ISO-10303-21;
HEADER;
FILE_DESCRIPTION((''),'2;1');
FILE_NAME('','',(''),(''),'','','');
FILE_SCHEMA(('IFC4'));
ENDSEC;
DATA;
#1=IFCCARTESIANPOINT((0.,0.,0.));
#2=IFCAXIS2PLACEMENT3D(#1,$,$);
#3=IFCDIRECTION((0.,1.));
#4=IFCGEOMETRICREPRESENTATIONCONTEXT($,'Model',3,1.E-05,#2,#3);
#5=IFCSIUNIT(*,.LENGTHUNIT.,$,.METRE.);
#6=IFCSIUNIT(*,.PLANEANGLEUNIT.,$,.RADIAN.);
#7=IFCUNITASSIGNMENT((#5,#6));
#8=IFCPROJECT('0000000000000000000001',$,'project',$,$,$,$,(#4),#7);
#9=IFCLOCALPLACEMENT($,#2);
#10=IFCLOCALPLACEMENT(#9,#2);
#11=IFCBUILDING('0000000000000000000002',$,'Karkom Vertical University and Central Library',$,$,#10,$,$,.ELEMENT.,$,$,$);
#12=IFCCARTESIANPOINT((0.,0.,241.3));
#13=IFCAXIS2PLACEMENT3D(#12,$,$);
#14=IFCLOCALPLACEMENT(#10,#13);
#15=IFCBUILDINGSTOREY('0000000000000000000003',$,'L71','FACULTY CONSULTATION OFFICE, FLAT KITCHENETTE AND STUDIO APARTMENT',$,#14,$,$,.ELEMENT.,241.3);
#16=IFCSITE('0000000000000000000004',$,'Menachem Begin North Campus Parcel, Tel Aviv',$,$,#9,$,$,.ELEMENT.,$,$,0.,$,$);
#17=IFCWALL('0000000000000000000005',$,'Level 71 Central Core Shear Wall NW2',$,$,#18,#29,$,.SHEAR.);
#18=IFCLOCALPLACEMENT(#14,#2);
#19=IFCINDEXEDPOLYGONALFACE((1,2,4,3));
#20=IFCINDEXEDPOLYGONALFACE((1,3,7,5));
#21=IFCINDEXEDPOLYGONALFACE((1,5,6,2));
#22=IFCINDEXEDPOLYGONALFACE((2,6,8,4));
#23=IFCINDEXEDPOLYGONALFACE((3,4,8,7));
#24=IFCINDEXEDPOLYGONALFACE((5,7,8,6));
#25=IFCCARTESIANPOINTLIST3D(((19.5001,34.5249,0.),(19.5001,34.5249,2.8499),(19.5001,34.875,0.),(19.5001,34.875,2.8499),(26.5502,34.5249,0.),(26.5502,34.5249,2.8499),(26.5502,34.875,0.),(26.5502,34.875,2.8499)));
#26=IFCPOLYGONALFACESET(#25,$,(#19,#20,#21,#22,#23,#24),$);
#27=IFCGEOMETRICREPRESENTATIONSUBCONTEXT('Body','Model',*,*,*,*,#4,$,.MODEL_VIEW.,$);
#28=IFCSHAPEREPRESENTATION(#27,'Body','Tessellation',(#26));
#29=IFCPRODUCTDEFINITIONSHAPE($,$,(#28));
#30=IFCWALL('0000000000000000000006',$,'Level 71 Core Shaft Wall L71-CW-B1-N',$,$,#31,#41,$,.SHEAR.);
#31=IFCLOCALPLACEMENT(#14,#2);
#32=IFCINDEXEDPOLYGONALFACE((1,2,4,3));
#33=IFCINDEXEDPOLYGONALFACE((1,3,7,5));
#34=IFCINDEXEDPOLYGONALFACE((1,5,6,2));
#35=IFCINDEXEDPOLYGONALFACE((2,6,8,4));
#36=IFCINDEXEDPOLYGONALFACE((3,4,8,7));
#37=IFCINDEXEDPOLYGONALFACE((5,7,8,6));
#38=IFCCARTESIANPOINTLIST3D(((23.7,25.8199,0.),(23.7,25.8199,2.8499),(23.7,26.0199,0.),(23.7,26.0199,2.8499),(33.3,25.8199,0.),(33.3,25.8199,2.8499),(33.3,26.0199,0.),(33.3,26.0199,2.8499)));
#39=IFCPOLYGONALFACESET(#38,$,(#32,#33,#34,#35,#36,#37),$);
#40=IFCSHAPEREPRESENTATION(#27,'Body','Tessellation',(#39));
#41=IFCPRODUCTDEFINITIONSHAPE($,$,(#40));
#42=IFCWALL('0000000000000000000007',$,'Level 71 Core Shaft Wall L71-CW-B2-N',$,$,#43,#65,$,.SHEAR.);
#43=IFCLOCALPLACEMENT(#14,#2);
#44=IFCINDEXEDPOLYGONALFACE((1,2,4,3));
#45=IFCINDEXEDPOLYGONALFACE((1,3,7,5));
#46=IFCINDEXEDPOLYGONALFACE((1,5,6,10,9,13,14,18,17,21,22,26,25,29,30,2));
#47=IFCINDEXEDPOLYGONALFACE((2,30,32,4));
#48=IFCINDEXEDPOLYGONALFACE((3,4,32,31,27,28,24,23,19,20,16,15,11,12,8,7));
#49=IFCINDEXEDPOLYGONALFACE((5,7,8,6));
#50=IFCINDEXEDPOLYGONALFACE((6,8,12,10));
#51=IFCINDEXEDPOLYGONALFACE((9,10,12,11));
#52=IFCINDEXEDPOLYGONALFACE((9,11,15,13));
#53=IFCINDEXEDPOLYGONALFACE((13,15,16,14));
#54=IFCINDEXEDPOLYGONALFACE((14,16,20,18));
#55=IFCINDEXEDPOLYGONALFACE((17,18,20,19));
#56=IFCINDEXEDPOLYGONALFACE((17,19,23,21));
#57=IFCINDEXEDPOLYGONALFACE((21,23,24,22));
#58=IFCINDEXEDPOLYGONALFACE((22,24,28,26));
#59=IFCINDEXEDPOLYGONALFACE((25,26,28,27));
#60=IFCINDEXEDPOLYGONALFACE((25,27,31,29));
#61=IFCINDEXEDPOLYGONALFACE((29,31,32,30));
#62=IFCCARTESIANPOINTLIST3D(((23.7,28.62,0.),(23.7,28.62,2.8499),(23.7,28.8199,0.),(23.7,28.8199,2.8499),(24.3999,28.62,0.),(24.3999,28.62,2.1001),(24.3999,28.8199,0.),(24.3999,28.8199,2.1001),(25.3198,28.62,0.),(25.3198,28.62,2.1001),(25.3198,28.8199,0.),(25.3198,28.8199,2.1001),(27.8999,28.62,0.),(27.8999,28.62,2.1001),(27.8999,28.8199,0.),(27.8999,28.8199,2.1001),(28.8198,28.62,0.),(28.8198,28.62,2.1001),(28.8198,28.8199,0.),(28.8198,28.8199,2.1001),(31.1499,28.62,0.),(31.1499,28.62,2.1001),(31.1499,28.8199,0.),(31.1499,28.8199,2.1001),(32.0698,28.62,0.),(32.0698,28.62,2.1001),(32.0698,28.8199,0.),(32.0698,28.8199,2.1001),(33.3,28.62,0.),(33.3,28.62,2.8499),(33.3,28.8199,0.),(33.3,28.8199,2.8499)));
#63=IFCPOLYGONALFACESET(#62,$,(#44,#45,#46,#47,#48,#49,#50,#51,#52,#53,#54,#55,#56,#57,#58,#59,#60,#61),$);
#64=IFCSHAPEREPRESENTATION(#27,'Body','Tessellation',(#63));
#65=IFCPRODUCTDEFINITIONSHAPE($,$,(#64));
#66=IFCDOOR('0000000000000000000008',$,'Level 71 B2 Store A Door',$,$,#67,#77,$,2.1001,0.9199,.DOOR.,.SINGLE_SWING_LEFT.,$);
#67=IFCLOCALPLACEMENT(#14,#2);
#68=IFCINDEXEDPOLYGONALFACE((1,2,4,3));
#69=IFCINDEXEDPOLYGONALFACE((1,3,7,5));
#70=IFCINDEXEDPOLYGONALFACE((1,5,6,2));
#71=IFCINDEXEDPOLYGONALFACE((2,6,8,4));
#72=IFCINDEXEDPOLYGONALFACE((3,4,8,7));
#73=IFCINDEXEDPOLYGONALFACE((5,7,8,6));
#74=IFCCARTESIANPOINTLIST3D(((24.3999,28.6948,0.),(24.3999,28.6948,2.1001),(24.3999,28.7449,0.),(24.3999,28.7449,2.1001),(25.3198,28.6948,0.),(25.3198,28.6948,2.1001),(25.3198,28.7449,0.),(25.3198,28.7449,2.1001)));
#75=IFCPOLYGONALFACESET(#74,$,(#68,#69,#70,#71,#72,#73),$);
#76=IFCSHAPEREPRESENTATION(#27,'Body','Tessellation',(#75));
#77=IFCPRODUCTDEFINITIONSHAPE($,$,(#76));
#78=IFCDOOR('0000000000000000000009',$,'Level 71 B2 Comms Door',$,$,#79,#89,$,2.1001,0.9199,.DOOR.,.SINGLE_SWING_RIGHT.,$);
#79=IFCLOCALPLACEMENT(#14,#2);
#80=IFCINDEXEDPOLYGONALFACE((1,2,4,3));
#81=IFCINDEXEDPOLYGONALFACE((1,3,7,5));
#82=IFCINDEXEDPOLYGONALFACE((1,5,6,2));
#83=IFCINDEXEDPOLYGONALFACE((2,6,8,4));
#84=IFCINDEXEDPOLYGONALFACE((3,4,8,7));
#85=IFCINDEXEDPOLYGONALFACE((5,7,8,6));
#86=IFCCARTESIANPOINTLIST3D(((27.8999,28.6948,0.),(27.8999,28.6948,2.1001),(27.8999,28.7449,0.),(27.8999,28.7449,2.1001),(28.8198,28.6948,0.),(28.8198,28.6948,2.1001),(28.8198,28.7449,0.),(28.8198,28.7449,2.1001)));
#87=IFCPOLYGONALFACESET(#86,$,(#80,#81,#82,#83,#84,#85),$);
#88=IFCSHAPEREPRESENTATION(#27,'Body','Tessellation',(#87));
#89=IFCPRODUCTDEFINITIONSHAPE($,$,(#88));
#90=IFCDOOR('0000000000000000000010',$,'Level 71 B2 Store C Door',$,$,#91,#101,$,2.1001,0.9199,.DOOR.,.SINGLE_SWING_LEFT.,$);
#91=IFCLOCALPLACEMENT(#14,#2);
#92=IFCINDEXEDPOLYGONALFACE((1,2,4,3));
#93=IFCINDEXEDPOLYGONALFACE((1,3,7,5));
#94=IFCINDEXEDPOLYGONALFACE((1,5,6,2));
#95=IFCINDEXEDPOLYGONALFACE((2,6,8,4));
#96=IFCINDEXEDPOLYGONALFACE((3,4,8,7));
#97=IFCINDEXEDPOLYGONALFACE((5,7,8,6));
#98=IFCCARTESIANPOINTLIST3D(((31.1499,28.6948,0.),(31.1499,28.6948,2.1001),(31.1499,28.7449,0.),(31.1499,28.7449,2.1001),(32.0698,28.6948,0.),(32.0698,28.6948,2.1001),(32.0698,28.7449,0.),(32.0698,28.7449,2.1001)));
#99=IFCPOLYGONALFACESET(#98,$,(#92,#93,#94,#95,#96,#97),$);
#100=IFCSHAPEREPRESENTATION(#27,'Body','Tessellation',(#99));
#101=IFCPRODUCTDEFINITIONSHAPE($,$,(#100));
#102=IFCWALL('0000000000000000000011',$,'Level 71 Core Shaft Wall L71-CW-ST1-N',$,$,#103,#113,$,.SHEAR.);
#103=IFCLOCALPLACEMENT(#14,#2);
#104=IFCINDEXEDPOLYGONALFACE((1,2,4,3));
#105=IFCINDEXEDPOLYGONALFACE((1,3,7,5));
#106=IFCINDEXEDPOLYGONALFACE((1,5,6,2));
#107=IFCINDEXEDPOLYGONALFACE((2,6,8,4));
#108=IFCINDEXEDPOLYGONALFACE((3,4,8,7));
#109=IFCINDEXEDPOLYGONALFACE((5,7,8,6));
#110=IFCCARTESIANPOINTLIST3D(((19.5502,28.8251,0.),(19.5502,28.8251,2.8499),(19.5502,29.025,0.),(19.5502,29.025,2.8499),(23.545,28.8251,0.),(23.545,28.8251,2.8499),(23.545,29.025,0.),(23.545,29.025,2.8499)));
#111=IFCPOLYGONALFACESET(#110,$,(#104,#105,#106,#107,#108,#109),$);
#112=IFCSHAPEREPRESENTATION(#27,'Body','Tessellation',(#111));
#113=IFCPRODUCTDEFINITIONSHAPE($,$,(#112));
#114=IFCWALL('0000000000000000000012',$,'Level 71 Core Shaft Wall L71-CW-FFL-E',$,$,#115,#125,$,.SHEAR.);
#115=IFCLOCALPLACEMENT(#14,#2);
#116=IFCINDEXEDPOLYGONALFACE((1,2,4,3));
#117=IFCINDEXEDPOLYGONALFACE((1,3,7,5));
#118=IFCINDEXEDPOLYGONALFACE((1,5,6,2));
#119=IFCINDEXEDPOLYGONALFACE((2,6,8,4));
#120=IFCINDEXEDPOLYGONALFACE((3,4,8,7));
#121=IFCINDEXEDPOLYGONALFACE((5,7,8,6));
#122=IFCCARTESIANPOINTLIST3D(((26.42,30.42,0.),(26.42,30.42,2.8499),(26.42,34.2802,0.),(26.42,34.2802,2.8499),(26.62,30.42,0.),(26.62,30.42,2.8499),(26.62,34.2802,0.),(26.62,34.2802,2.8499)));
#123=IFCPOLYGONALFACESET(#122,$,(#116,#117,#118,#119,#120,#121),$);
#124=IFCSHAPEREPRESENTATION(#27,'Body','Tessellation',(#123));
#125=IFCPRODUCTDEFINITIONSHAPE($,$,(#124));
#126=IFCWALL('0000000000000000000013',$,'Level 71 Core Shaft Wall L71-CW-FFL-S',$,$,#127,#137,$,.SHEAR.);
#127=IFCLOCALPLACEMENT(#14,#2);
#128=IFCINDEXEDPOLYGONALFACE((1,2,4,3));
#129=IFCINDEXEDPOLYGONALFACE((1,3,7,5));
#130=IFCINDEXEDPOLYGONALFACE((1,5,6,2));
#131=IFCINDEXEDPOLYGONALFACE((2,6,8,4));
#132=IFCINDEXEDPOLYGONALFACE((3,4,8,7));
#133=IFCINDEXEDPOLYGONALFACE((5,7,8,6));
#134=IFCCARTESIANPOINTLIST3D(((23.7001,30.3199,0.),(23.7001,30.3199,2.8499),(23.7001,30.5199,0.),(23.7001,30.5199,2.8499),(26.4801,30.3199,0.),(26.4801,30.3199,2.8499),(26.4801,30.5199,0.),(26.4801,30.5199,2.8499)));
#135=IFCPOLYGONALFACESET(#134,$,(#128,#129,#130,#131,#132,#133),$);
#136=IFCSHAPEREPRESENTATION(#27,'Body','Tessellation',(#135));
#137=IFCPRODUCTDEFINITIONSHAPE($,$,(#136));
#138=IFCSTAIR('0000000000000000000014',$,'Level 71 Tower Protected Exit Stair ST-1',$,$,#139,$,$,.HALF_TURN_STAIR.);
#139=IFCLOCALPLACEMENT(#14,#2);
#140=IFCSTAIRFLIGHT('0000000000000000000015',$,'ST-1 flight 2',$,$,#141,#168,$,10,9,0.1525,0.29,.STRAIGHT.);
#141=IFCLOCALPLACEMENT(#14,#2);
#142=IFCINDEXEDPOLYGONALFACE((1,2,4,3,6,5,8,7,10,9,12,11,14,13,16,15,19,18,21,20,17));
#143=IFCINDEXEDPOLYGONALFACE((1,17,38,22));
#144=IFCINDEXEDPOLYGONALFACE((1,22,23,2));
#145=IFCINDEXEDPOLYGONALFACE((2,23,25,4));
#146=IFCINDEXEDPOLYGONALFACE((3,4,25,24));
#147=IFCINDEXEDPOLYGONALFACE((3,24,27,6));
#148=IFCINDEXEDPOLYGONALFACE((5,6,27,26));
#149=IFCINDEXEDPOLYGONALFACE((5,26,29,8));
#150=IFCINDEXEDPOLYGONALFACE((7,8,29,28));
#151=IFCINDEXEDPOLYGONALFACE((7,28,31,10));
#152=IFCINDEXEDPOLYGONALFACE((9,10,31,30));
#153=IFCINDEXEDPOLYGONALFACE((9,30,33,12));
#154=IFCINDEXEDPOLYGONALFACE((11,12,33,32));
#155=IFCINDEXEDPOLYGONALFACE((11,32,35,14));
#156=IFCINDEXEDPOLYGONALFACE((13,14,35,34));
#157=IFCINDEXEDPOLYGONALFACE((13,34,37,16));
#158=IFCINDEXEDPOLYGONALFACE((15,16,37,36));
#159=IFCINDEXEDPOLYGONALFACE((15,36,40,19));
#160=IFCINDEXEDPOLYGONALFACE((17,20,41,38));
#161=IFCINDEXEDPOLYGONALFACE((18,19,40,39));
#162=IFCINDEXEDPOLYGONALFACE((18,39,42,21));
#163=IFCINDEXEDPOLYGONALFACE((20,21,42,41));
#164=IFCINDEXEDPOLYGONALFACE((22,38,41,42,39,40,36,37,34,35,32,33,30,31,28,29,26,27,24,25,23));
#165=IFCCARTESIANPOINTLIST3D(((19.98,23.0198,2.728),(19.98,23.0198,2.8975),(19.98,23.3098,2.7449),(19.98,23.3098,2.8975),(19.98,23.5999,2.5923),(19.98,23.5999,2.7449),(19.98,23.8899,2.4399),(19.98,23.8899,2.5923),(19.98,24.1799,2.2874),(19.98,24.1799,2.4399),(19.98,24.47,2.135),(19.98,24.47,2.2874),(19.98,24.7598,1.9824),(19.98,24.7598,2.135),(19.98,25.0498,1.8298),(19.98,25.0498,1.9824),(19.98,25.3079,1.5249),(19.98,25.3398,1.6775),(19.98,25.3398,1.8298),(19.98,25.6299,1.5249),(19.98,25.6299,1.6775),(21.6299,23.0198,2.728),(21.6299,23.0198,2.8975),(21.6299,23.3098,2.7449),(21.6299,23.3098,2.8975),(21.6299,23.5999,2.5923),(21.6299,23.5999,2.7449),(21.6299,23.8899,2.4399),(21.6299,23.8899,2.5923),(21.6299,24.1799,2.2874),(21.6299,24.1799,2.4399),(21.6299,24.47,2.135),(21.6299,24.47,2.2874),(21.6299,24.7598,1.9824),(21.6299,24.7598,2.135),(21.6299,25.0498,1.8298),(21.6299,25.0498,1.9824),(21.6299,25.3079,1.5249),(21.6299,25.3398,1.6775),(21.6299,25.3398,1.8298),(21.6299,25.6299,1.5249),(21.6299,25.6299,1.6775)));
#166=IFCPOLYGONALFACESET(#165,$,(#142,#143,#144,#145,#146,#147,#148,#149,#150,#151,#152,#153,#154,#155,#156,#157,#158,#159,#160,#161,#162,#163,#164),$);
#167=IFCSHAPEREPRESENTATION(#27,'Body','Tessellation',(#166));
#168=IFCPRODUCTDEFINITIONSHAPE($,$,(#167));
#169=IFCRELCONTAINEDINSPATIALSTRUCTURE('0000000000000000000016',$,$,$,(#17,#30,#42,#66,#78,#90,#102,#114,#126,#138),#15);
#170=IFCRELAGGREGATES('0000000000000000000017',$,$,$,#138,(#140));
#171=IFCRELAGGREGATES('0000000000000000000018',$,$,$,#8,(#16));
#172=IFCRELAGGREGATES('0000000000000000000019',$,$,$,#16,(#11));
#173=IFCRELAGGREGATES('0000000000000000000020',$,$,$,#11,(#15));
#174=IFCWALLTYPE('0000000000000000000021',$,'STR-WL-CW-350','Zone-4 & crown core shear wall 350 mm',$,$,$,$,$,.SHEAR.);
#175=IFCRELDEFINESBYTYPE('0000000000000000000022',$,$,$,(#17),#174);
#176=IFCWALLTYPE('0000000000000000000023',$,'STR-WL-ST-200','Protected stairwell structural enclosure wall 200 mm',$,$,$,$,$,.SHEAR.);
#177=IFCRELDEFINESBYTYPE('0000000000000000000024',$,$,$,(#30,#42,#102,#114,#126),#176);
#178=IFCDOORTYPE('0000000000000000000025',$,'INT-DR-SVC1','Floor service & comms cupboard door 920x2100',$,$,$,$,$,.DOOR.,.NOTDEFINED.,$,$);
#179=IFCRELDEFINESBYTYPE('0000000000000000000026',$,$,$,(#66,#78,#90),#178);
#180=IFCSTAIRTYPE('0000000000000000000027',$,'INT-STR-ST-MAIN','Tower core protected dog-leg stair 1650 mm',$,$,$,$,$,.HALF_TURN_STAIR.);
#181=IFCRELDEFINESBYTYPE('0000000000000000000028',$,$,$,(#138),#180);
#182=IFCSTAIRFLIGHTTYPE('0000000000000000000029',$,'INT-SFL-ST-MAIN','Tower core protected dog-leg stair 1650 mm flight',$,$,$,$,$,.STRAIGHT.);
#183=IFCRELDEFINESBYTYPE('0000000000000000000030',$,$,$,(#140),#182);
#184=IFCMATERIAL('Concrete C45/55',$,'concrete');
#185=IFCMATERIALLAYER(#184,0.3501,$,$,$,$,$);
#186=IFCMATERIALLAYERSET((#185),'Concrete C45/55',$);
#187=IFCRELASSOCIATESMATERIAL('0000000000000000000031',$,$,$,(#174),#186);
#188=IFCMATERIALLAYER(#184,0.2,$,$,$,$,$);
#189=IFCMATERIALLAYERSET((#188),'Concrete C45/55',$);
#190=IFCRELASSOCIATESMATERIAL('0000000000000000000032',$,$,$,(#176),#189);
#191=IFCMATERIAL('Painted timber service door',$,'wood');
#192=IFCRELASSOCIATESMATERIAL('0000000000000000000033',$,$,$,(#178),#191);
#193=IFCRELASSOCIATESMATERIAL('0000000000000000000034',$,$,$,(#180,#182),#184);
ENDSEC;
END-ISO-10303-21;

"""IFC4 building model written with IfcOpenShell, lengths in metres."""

from ifc_helpers import new_model, si_unit, direction, frame, frame_2d, origin, origin_with_axes, place, context, subcontext, project, spatial, polyline, rectangle, outline, extrude, source, transform, mapped, material, layer, layer_set, type_object, element, fill, aggregate, save


model = new_model("IFC4")

# Units and contexts
model_context = context("Model", 3, precision=1e-05, world=origin(), true_north=direction((0.0, 1.0)))
body_context = subcontext(model_context, "Body", "Model", "MODEL_VIEW")
ifc_project = project(units=[si_unit("LENGTHUNIT", "METRE"), si_unit("PLANEANGLEUNIT", "RADIAN")], contexts=[model_context])

# Site, building, storey
site_placement = place(None, origin())
site = spatial("IfcSite", under=ifc_project, at=site_placement, Name="Menachem Begin North Campus Parcel, Tel Aviv", CompositionType="ELEMENT", RefElevation=0.0)
building_placement = place(site_placement, origin())
building = spatial("IfcBuilding", under=site, at=building_placement, Name="Karkom Vertical University and Central Library", CompositionType="ELEMENT")
storey_placement = place(building_placement, frame((0.0, 0.0, 241.3)))
storey = spatial("IfcBuildingStorey", under=building, at=storey_placement, Name="L71", Description="FACULTY CONSULTATION OFFICE, FLAT KITCHENETTE AND STUDIO APARTMENT", CompositionType="ELEMENT", Elevation=241.3)

# Shared definitions
ifc_material_1 = material(Name="Concrete C45/55", Category="concrete")

# Walls
ifc_layer_1 = layer(ifc_material_1, 0.3501)
ifc_layer_set_1 = layer_set([ifc_layer_1], Name="Concrete C45/55")
wall_type_1 = type_object("IfcWallType", Name="STR-WL-CW-350", Description="Zone-4 & crown core shear wall 350 mm", PredefinedType="SHEAR", material=ifc_layer_set_1)
wall_1_placement = place(storey_placement, frame((26.55, 34.7, 0.0), z_axis=(0.0, 0.0, 1.0), x_axis=(-1.0, 0.0, 0.0)))
element("IfcWall", 1, at=wall_1_placement, inside=storey, type_object=wall_type_1, Name="Level 71 Central Core Shear Wall NW2", PredefinedType="SHEAR", context=body_context, shape_type="SweptSolid", body=[
    extrude(rectangle(XDim=7.05, YDim=0.3501, at=frame_2d((3.5249, 0.0))), origin(), (0.0, 0.0, 1.0), 2.8499),
])
ifc_layer_2 = layer(ifc_material_1, 0.2)
ifc_layer_set_2 = layer_set([ifc_layer_2], Name="Concrete C45/55")
wall_type_2 = type_object("IfcWallType", Name="STR-WL-ST-200", Description="Protected stairwell structural enclosure wall 200 mm", PredefinedType="SHEAR", material=ifc_layer_set_2)
wall_2_placement = place(storey_placement, frame((23.7, 25.9199, 0.0), z_axis=(0.0, 0.0, 1.0), x_axis=(1.0, 0.0, 0.0)))
element("IfcWall", 2, at=wall_2_placement, inside=storey, type_object=wall_type_2, Name="Level 71 Core Shaft Wall L71-CW-B1-N", PredefinedType="SHEAR", context=body_context, shape_type="SweptSolid", body=[
    extrude(rectangle(XDim=9.6001, YDim=0.2, at=frame_2d((4.8, 0.0))), origin(), (0.0, 0.0, 1.0), 2.8499),
])

# Wall, openings, doors
wall_3_placement = place(storey_placement, frame((23.7, 28.72, 0.0), z_axis=(0.0, 0.0, 1.0), x_axis=(1.0, 0.0, 0.0)))
wall_3 = element("IfcWall", 3, at=wall_3_placement, inside=storey, type_object=wall_type_2, Name="Level 71 Core Shaft Wall L71-CW-B2-N", PredefinedType="SHEAR", context=body_context, shape_type="SweptSolid", body=[
    extrude(rectangle(XDim=9.6001, YDim=0.2, at=frame_2d((4.8, 0.0))), origin(), (0.0, 0.0, 1.0), 2.8499),
])
opening_1_placement = place(wall_3_placement, frame((0.7, 0.0, 0.0)))
opening_1 = element("IfcOpeningElement", 4, at=opening_1_placement, cuts=wall_3, PredefinedType="OPENING", context=body_context, shape_type="SweptSolid", body=[
    extrude(rectangle(XDim=0.9199, YDim=2.1001, at=frame_2d((0.46, 1.05))), frame((0.0, 0.1099, 0.0), z_axis=(0.0, -1.0, 0.0), x_axis=(1.0, 0.0, 0.0)), (0.0, 0.0, 1.0), 0.22),
])
opening_2_placement = place(wall_3_placement, frame((4.2, 0.0, 0.0)))
opening_2 = element("IfcOpeningElement", 5, at=opening_2_placement, cuts=wall_3, PredefinedType="OPENING", context=body_context, shape_type="SweptSolid", body=[
    extrude(rectangle(XDim=0.9199, YDim=2.1001, at=frame_2d((0.46, 1.05))), frame((0.0, 0.1099, 0.0), z_axis=(0.0, -1.0, 0.0), x_axis=(1.0, 0.0, 0.0)), (0.0, 0.0, 1.0), 0.22),
])
opening_3_placement = place(wall_3_placement, frame((7.45, 0.0, 0.0)))
opening_3 = element("IfcOpeningElement", 6, at=opening_3_placement, cuts=wall_3, PredefinedType="OPENING", context=body_context, shape_type="SweptSolid", body=[
    extrude(rectangle(XDim=0.9199, YDim=2.1001, at=frame_2d((0.46, 1.05))), frame((0.0, 0.1099, 0.0), z_axis=(0.0, -1.0, 0.0), x_axis=(1.0, 0.0, 0.0)), (0.0, 0.0, 1.0), 0.22),
])
ifc_material_2 = material(Name="Painted timber service door", Category="wood")
door_type = type_object("IfcDoorType", Name="INT-DR-SVC1", Description="Floor service & comms cupboard door 920x2100", OperationType="NOTDEFINED", PredefinedType="DOOR", material=ifc_material_2)
shared_shape_1 = source(origin_with_axes(), body_context, "Body", "SweptSolid", [
    extrude(rectangle(XDim=0.9199, YDim=2.1001, at=frame_2d((0.46, 1.05))), frame((0.0, 0.0249, 0.0), z_axis=(0.0, -1.0, 0.0), x_axis=(1.0, 0.0, 0.0)), (0.0, 0.0, 1.0), 0.05),
])
door_1_placement = place(opening_1_placement, origin())
door_1 = element("IfcDoor", 7, at=door_1_placement, inside=storey, type_object=door_type, Name="Level 71 B2 Store A Door", OperationType="SINGLE_SWING_LEFT", OverallHeight=2.1001, OverallWidth=0.9199, PredefinedType="DOOR", context=body_context, shape_type="MappedRepresentation", body=[
    mapped(shared_shape_1, transform((0.0, 0.0, 0.0), scale=1.0)),
])
fill(opening_1, door_1)
door_2_placement = place(opening_2_placement, origin())
door_2 = element("IfcDoor", 8, at=door_2_placement, inside=storey, type_object=door_type, Name="Level 71 B2 Comms Door", OperationType="SINGLE_SWING_RIGHT", OverallHeight=2.1001, OverallWidth=0.9199, PredefinedType="DOOR", context=body_context, shape_type="MappedRepresentation", body=[
    mapped(shared_shape_1, transform((0.0, 0.0, 0.0), scale=1.0)),
])
fill(opening_2, door_2)
door_3_placement = place(opening_3_placement, origin())
door_3 = element("IfcDoor", 9, at=door_3_placement, inside=storey, type_object=door_type, Name="Level 71 B2 Store C Door", OperationType="SINGLE_SWING_LEFT", OverallHeight=2.1001, OverallWidth=0.9199, PredefinedType="DOOR", context=body_context, shape_type="MappedRepresentation", body=[
    mapped(shared_shape_1, transform((0.0, 0.0, 0.0), scale=1.0)),
])
fill(opening_3, door_3)

# Walls
wall_4_placement = place(storey_placement, frame((19.55, 28.925, 0.0), z_axis=(0.0, 0.0, 1.0), x_axis=(1.0, 0.0, 0.0)))
element("IfcWall", 10, at=wall_4_placement, inside=storey, type_object=wall_type_2, Name="Level 71 Core Shaft Wall L71-CW-ST1-N", PredefinedType="SHEAR", context=body_context, shape_type="SweptSolid", body=[
    extrude(rectangle(XDim=3.9949, YDim=0.2, at=frame_2d((1.9976, 0.0))), origin(), (0.0, 0.0, 1.0), 2.8499),
])
wall_5_placement = place(storey_placement, frame((26.52, 30.4199, 0.0), z_axis=(0.0, 0.0, 1.0), x_axis=(0.0, 1.0, 0.0)))
element("IfcWall", 11, at=wall_5_placement, inside=storey, type_object=wall_type_2, Name="Level 71 Core Shaft Wall L71-CW-FFL-E", PredefinedType="SHEAR", context=body_context, shape_type="SweptSolid", body=[
    extrude(rectangle(XDim=3.8601, YDim=0.2, at=frame_2d((1.9302, 0.0))), origin(), (0.0, 0.0, 1.0), 2.8499),
])
wall_6_placement = place(storey_placement, frame((23.7, 30.4199, 0.0), z_axis=(0.0, 0.0, 1.0), x_axis=(1.0, 0.0, 0.0)))
element("IfcWall", 12, at=wall_6_placement, inside=storey, type_object=wall_type_2, Name="Level 71 Core Shaft Wall L71-CW-FFL-S", PredefinedType="SHEAR", context=body_context, shape_type="SweptSolid", body=[
    extrude(rectangle(XDim=2.78, YDim=0.2, at=frame_2d((1.3901, 0.0))), origin(), (0.0, 0.0, 1.0), 2.8499),
])

# Stair, stair flight
stair_type = type_object("IfcStairType", Name="INT-STR-ST-MAIN", Description="Tower core protected dog-leg stair 1650 mm", PredefinedType="HALF_TURN_STAIR", material=ifc_material_1)
stair_placement = place(storey_placement, origin())
stair = element("IfcStair", 13, at=stair_placement, inside=storey, type_object=stair_type, Name="Level 71 Tower Protected Exit Stair ST-1", PredefinedType="HALF_TURN_STAIR")
stair_flight_type = type_object("IfcStairFlightType", Name="INT-SFL-ST-MAIN", Description="Tower core protected dog-leg stair 1650 mm flight", PredefinedType="STRAIGHT", material=ifc_material_1)
stair_flight_placement = place(storey_placement, frame((20.8049, 25.6299, 1.5249), z_axis=(0.0, 0.0, 1.0), x_axis=(0.0, -1.0, 0.0)))
stair_flight = element("IfcStairFlight", 14, at=stair_flight_placement, type_object=stair_flight_type, Name="ST-1 flight 2", NumberOfRisers=10, NumberOfTreads=9, PredefinedType="STRAIGHT", RiserHeight=0.1525, TreadLength=0.29, context=body_context, shape_type="SweptSolid", body=[
    extrude(outline(polyline([(0.0, 0.0), (0.0, 0.1526), (0.29, 0.1526), (0.29, 0.3049), (0.5801, 0.3049), (0.5801, 0.4575), (0.8701, 0.4575), (0.8701, 0.6101), (1.1599, 0.6101), (1.1599, 0.7625), (1.45, 0.7625), (1.45, 0.915), (1.74, 0.915), (1.74, 1.0674), (2.03, 1.0674), (2.03, 1.22), (2.3201, 1.22), (2.3201, 1.3726), (2.6101, 1.3726), (2.6101, 1.5249), (2.6101, 1.2031), (0.322, 0.0), (0.0, 0.0)])), frame((0.0, 0.825, 0.0), z_axis=(0.0, -1.0, 0.0), x_axis=(1.0, 0.0, 0.0)), (0.0, 0.0, 1.0), 1.6499),
])
aggregate(stair, [stair_flight])

save(model, "model.ifc")
